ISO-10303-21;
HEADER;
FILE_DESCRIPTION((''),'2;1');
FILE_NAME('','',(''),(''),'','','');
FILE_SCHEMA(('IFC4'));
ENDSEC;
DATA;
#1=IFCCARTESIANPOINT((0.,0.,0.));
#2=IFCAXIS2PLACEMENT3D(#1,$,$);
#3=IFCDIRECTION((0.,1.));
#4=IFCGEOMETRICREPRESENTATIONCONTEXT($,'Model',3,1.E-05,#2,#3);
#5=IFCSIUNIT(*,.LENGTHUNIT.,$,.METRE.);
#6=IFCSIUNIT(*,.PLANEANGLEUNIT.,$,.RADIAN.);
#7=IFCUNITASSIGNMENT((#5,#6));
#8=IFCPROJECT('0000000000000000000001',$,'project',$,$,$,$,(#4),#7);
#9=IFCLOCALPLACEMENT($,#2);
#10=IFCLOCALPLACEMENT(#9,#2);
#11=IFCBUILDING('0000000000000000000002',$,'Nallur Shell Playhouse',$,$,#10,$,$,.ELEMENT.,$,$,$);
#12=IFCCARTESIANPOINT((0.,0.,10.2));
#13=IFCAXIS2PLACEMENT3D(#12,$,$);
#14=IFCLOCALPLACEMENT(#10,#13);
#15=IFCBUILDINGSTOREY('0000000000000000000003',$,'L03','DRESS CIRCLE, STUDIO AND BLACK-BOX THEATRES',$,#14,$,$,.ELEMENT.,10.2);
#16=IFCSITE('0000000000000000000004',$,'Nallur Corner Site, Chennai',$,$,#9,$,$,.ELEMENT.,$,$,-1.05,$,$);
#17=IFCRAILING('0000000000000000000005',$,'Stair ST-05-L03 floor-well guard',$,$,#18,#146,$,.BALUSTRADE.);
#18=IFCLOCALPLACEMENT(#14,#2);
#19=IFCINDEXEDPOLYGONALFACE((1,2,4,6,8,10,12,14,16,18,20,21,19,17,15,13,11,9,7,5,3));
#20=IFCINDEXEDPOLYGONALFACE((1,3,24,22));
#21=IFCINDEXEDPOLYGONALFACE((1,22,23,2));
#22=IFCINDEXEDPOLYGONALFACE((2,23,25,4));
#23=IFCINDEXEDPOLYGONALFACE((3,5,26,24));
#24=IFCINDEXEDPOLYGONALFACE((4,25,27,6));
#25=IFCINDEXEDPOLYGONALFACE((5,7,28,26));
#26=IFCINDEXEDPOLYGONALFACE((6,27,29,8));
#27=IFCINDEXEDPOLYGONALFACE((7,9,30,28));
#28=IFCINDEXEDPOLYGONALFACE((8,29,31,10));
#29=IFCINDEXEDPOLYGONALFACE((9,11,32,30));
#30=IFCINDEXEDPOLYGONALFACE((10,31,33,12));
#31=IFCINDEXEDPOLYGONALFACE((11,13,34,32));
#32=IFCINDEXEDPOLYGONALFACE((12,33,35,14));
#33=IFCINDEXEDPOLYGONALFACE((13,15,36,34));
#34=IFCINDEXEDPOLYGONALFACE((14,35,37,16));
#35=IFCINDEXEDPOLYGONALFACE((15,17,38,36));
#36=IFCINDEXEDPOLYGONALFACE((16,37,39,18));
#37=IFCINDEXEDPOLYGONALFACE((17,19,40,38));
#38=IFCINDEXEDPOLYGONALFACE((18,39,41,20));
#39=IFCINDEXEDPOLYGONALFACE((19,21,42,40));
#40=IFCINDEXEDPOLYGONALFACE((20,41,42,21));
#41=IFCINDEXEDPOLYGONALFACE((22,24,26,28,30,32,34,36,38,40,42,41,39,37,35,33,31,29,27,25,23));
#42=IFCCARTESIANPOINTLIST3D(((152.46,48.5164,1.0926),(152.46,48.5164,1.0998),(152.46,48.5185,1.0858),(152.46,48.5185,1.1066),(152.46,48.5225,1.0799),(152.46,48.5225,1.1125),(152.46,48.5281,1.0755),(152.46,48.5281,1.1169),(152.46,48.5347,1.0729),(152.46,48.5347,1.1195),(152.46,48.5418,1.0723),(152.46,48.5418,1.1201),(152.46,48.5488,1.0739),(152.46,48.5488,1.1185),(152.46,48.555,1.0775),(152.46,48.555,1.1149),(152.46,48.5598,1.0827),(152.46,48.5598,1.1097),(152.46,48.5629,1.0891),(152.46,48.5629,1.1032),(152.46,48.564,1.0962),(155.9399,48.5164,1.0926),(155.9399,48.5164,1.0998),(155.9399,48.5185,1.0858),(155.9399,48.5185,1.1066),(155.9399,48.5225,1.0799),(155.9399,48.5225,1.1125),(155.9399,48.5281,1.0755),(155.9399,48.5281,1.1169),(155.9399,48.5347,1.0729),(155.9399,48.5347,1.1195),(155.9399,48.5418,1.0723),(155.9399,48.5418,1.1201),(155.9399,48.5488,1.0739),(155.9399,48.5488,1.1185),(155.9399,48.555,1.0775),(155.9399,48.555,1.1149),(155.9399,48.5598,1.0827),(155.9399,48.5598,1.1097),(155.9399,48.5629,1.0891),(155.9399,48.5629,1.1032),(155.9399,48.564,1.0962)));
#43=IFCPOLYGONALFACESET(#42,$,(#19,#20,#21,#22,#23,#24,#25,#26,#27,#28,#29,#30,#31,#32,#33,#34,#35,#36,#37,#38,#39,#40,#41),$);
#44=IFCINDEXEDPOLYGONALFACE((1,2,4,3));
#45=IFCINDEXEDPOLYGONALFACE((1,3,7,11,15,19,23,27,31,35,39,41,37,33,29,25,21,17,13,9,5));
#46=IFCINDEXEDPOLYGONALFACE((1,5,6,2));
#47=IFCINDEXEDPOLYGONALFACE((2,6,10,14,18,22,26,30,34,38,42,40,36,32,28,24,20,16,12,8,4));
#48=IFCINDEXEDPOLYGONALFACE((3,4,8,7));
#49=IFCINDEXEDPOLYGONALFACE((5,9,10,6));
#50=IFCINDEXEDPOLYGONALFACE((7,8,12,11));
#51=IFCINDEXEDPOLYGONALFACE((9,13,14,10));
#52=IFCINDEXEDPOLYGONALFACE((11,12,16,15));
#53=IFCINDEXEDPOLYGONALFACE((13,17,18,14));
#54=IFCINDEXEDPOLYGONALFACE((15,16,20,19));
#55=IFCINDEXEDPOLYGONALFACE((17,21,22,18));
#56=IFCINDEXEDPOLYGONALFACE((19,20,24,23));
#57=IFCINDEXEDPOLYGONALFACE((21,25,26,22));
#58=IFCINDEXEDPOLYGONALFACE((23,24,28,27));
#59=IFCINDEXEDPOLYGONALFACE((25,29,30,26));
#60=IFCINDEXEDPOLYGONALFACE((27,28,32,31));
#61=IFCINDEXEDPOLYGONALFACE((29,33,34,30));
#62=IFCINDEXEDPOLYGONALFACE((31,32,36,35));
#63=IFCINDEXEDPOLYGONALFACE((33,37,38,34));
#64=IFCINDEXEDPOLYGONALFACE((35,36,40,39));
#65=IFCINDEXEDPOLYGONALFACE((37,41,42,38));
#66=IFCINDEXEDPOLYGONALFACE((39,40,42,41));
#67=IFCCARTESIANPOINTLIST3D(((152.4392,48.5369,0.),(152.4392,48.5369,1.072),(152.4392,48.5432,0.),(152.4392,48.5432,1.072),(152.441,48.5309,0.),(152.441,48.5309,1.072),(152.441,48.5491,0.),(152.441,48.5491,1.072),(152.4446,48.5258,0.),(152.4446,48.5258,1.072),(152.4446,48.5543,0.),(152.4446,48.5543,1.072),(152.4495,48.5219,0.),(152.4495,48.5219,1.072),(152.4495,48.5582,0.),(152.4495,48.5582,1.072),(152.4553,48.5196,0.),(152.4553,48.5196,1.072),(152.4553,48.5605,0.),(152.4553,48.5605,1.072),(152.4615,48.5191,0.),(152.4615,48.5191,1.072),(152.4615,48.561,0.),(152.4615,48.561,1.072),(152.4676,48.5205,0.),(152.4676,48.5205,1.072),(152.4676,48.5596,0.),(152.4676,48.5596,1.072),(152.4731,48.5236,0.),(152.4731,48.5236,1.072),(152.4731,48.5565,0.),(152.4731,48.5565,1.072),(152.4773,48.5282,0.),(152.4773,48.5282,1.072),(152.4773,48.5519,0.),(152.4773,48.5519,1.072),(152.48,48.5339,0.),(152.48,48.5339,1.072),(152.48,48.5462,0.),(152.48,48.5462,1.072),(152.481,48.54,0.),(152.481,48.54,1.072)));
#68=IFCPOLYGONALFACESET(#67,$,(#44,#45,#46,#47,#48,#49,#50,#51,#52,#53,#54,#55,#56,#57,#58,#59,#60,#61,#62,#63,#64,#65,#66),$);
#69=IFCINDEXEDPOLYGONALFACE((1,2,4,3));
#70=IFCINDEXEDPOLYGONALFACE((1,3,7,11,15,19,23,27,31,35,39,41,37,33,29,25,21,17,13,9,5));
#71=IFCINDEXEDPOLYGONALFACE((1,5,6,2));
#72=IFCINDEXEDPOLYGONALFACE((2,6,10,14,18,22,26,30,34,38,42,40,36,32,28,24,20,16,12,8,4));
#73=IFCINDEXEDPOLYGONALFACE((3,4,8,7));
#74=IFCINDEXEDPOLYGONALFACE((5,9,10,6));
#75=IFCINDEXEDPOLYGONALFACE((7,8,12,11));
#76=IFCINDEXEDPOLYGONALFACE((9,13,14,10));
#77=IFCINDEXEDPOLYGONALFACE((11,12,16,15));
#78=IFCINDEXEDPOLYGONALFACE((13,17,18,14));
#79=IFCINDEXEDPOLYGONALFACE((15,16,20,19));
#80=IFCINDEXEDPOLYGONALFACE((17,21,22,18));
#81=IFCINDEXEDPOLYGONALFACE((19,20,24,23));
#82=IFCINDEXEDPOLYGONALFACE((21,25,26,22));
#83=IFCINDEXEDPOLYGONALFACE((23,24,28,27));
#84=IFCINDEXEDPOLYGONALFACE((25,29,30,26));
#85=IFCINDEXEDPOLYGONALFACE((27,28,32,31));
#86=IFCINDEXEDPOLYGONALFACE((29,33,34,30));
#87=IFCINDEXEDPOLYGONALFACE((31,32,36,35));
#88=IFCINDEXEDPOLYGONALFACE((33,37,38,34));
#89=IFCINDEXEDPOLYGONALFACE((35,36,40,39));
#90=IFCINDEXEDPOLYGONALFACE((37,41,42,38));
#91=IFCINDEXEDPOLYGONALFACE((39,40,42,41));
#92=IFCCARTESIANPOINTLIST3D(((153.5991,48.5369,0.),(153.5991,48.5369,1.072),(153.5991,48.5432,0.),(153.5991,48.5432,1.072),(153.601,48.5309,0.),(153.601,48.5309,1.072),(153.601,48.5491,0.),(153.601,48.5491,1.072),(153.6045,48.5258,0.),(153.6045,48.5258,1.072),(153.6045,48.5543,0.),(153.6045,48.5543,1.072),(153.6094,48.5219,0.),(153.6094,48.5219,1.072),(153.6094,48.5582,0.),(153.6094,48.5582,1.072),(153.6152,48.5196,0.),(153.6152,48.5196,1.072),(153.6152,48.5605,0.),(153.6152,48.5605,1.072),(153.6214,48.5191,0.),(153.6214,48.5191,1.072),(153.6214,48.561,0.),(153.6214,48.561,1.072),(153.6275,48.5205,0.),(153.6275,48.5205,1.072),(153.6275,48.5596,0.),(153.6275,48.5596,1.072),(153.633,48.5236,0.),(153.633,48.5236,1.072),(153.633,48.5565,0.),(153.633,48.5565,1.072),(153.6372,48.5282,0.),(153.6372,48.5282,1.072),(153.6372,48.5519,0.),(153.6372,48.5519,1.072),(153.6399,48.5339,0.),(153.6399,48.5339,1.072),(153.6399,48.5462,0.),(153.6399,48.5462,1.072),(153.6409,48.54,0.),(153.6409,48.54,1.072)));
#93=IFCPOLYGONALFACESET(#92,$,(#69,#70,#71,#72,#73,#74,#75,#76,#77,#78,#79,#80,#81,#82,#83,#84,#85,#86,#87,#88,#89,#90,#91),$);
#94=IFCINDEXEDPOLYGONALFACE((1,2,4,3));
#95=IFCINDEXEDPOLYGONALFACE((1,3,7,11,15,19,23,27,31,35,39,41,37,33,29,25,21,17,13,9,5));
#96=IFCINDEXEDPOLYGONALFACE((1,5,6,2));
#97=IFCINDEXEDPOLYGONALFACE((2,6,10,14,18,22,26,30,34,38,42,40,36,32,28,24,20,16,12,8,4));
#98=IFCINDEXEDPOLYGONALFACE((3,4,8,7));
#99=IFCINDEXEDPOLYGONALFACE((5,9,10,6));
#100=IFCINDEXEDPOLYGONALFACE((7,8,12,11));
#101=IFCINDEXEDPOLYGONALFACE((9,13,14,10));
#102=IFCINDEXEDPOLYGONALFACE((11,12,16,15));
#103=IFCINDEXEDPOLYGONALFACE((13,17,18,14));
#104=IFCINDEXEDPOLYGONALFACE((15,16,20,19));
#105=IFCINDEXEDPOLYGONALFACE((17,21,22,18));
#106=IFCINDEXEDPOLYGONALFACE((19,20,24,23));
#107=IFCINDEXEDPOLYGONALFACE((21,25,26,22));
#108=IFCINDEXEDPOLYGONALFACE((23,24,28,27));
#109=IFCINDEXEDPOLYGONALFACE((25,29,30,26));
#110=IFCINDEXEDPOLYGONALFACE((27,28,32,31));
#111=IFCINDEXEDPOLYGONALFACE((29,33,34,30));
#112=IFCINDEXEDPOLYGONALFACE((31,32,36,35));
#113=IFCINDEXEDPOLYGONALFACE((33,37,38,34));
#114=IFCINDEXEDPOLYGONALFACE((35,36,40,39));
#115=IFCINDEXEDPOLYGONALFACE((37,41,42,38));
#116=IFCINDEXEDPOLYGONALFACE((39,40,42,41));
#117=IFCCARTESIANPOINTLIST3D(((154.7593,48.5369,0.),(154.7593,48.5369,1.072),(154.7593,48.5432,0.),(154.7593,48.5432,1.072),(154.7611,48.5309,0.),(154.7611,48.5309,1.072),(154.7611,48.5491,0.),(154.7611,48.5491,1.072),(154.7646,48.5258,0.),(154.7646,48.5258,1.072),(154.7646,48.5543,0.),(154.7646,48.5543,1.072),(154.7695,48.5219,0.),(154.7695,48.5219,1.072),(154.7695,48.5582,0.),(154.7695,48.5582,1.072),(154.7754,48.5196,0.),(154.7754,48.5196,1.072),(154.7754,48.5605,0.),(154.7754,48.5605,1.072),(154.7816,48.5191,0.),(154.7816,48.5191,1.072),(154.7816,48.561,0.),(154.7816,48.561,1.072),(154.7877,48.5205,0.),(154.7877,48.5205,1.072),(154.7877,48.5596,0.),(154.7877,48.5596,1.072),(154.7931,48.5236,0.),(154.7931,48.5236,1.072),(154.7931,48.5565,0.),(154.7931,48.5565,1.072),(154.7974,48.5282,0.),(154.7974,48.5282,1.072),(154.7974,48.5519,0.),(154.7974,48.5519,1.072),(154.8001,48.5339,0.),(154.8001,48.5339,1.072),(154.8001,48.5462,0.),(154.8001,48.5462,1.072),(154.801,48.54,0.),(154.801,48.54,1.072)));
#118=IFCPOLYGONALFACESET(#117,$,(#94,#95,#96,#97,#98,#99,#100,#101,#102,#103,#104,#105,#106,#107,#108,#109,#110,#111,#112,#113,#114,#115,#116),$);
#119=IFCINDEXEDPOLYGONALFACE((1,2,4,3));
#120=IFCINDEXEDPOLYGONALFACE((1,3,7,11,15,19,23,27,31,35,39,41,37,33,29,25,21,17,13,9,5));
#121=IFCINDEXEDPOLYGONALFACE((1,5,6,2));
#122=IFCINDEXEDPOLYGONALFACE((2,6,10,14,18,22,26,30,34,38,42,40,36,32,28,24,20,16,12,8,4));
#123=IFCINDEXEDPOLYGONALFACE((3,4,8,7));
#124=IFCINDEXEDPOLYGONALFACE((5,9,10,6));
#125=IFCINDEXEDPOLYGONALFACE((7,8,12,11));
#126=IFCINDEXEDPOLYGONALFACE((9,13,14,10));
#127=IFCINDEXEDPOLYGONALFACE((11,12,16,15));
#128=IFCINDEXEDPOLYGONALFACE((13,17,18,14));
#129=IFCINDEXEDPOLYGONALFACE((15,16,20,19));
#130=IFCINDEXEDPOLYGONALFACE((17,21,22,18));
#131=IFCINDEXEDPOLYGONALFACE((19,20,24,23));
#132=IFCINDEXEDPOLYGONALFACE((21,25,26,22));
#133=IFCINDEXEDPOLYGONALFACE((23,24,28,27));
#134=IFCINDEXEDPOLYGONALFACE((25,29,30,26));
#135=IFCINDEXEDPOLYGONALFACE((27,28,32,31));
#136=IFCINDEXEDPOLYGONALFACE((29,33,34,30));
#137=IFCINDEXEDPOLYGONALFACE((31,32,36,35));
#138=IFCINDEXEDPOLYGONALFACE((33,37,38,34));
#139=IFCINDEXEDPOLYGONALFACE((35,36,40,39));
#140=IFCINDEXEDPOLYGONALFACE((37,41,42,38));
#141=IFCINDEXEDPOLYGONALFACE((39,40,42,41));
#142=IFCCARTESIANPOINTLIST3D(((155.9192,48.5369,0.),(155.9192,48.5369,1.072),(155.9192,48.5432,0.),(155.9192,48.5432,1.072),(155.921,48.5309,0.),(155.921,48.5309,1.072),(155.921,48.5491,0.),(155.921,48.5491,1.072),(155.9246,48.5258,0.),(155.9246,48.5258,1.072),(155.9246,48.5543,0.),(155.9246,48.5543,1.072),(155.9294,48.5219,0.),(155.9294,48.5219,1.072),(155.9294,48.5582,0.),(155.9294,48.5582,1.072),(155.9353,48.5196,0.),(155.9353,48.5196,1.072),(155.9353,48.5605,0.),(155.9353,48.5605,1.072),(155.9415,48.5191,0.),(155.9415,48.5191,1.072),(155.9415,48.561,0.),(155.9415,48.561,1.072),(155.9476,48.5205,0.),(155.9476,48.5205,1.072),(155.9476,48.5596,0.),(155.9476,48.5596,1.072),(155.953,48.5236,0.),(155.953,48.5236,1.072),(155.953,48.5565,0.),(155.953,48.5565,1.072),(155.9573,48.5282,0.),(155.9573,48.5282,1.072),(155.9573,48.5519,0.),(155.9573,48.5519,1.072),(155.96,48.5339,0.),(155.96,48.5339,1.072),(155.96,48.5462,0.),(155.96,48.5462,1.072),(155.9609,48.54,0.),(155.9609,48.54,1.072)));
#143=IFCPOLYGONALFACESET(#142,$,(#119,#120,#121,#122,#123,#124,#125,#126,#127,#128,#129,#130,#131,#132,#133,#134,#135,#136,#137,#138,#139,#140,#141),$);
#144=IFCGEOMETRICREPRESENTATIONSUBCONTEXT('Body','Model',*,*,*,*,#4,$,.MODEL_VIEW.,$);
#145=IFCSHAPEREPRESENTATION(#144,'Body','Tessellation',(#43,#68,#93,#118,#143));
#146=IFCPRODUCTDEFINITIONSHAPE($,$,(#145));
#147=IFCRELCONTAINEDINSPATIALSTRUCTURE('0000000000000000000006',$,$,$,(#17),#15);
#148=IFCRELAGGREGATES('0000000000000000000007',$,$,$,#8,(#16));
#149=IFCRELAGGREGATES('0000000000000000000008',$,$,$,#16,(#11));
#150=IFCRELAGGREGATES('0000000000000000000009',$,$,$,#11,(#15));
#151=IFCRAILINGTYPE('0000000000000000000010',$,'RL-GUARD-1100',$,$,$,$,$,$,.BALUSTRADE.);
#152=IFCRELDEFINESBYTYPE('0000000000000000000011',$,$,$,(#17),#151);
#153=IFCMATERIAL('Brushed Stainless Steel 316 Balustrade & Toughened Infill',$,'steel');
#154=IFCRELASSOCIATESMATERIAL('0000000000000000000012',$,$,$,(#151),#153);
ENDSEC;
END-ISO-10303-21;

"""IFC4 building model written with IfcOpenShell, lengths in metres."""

from ifc_helpers import new_model, si_unit, direction, frame, origin, origin_2d, place, context, subcontext, project, spatial, circle, extrude, material, type_object, element, save


model = new_model("IFC4")

# Units and contexts
model_context = context("Model", 3, precision=1e-05, world=origin(), true_north=direction((0.0, 1.0)))
body_context = subcontext(model_context, "Body", "Model", "MODEL_VIEW")
ifc_project = project(units=[si_unit("LENGTHUNIT", "METRE"), si_unit("PLANEANGLEUNIT", "RADIAN")], contexts=[model_context])

# Site, building, storey
site_placement = place(None, origin())
site = spatial("IfcSite", under=ifc_project, at=site_placement, Name="Nallur Corner Site, Chennai", CompositionType="ELEMENT", RefElevation=-1.05)
building_placement = place(site_placement, origin())
building = spatial("IfcBuilding", under=site, at=building_placement, Name="Nallur Shell Playhouse", CompositionType="ELEMENT")
storey_placement = place(building_placement, frame((0.0, 0.0, 10.2)))
storey = spatial("IfcBuildingStorey", under=building, at=storey_placement, Name="L03", Description="DRESS CIRCLE, STUDIO AND BLACK-BOX THEATRES", CompositionType="ELEMENT", Elevation=10.2)

# Railing
ifc_material_1 = material(Name="Brushed Stainless Steel 316 Balustrade & Toughened Infill", Category="steel")
railing_type_1 = type_object("IfcRailingType", Name="RL-GUARD-1100", PredefinedType="BALUSTRADE", material=ifc_material_1)
railing_1_placement = place(storey_placement, frame((152.46, 48.54, 0.0)))
element("IfcRailing", 1, at=railing_1_placement, inside=storey, type_object=railing_type_1, Name="Stair ST-05-L03 floor-well guard", PredefinedType="BALUSTRADE", context=body_context, shape_type="SweptSolid", body=[
    extrude(circle(Radius=0.0239, at=origin_2d()), frame((0.0, 0.0, 1.0962), z_axis=(1.0, 0.0, 0.0), x_axis=(0.0, 1.0, 0.0)), (0.0, 0.0, 1.0), 3.48),
    extrude(circle(Radius=0.021, at=origin_2d()), origin(), (0.0, 0.0, 1.0), 1.072),
    extrude(circle(Radius=0.021, at=origin_2d()), frame((1.1599, 0.0, 0.0)), (0.0, 0.0, 1.0), 1.072),
    extrude(circle(Radius=0.021, at=origin_2d()), frame((2.3201, 0.0, 0.0)), (0.0, 0.0, 1.0), 1.072),
    extrude(circle(Radius=0.021, at=origin_2d()), frame((3.48, 0.0, 0.0)), (0.0, 0.0, 1.0), 1.072),
])

save(model, "model.ifc")
